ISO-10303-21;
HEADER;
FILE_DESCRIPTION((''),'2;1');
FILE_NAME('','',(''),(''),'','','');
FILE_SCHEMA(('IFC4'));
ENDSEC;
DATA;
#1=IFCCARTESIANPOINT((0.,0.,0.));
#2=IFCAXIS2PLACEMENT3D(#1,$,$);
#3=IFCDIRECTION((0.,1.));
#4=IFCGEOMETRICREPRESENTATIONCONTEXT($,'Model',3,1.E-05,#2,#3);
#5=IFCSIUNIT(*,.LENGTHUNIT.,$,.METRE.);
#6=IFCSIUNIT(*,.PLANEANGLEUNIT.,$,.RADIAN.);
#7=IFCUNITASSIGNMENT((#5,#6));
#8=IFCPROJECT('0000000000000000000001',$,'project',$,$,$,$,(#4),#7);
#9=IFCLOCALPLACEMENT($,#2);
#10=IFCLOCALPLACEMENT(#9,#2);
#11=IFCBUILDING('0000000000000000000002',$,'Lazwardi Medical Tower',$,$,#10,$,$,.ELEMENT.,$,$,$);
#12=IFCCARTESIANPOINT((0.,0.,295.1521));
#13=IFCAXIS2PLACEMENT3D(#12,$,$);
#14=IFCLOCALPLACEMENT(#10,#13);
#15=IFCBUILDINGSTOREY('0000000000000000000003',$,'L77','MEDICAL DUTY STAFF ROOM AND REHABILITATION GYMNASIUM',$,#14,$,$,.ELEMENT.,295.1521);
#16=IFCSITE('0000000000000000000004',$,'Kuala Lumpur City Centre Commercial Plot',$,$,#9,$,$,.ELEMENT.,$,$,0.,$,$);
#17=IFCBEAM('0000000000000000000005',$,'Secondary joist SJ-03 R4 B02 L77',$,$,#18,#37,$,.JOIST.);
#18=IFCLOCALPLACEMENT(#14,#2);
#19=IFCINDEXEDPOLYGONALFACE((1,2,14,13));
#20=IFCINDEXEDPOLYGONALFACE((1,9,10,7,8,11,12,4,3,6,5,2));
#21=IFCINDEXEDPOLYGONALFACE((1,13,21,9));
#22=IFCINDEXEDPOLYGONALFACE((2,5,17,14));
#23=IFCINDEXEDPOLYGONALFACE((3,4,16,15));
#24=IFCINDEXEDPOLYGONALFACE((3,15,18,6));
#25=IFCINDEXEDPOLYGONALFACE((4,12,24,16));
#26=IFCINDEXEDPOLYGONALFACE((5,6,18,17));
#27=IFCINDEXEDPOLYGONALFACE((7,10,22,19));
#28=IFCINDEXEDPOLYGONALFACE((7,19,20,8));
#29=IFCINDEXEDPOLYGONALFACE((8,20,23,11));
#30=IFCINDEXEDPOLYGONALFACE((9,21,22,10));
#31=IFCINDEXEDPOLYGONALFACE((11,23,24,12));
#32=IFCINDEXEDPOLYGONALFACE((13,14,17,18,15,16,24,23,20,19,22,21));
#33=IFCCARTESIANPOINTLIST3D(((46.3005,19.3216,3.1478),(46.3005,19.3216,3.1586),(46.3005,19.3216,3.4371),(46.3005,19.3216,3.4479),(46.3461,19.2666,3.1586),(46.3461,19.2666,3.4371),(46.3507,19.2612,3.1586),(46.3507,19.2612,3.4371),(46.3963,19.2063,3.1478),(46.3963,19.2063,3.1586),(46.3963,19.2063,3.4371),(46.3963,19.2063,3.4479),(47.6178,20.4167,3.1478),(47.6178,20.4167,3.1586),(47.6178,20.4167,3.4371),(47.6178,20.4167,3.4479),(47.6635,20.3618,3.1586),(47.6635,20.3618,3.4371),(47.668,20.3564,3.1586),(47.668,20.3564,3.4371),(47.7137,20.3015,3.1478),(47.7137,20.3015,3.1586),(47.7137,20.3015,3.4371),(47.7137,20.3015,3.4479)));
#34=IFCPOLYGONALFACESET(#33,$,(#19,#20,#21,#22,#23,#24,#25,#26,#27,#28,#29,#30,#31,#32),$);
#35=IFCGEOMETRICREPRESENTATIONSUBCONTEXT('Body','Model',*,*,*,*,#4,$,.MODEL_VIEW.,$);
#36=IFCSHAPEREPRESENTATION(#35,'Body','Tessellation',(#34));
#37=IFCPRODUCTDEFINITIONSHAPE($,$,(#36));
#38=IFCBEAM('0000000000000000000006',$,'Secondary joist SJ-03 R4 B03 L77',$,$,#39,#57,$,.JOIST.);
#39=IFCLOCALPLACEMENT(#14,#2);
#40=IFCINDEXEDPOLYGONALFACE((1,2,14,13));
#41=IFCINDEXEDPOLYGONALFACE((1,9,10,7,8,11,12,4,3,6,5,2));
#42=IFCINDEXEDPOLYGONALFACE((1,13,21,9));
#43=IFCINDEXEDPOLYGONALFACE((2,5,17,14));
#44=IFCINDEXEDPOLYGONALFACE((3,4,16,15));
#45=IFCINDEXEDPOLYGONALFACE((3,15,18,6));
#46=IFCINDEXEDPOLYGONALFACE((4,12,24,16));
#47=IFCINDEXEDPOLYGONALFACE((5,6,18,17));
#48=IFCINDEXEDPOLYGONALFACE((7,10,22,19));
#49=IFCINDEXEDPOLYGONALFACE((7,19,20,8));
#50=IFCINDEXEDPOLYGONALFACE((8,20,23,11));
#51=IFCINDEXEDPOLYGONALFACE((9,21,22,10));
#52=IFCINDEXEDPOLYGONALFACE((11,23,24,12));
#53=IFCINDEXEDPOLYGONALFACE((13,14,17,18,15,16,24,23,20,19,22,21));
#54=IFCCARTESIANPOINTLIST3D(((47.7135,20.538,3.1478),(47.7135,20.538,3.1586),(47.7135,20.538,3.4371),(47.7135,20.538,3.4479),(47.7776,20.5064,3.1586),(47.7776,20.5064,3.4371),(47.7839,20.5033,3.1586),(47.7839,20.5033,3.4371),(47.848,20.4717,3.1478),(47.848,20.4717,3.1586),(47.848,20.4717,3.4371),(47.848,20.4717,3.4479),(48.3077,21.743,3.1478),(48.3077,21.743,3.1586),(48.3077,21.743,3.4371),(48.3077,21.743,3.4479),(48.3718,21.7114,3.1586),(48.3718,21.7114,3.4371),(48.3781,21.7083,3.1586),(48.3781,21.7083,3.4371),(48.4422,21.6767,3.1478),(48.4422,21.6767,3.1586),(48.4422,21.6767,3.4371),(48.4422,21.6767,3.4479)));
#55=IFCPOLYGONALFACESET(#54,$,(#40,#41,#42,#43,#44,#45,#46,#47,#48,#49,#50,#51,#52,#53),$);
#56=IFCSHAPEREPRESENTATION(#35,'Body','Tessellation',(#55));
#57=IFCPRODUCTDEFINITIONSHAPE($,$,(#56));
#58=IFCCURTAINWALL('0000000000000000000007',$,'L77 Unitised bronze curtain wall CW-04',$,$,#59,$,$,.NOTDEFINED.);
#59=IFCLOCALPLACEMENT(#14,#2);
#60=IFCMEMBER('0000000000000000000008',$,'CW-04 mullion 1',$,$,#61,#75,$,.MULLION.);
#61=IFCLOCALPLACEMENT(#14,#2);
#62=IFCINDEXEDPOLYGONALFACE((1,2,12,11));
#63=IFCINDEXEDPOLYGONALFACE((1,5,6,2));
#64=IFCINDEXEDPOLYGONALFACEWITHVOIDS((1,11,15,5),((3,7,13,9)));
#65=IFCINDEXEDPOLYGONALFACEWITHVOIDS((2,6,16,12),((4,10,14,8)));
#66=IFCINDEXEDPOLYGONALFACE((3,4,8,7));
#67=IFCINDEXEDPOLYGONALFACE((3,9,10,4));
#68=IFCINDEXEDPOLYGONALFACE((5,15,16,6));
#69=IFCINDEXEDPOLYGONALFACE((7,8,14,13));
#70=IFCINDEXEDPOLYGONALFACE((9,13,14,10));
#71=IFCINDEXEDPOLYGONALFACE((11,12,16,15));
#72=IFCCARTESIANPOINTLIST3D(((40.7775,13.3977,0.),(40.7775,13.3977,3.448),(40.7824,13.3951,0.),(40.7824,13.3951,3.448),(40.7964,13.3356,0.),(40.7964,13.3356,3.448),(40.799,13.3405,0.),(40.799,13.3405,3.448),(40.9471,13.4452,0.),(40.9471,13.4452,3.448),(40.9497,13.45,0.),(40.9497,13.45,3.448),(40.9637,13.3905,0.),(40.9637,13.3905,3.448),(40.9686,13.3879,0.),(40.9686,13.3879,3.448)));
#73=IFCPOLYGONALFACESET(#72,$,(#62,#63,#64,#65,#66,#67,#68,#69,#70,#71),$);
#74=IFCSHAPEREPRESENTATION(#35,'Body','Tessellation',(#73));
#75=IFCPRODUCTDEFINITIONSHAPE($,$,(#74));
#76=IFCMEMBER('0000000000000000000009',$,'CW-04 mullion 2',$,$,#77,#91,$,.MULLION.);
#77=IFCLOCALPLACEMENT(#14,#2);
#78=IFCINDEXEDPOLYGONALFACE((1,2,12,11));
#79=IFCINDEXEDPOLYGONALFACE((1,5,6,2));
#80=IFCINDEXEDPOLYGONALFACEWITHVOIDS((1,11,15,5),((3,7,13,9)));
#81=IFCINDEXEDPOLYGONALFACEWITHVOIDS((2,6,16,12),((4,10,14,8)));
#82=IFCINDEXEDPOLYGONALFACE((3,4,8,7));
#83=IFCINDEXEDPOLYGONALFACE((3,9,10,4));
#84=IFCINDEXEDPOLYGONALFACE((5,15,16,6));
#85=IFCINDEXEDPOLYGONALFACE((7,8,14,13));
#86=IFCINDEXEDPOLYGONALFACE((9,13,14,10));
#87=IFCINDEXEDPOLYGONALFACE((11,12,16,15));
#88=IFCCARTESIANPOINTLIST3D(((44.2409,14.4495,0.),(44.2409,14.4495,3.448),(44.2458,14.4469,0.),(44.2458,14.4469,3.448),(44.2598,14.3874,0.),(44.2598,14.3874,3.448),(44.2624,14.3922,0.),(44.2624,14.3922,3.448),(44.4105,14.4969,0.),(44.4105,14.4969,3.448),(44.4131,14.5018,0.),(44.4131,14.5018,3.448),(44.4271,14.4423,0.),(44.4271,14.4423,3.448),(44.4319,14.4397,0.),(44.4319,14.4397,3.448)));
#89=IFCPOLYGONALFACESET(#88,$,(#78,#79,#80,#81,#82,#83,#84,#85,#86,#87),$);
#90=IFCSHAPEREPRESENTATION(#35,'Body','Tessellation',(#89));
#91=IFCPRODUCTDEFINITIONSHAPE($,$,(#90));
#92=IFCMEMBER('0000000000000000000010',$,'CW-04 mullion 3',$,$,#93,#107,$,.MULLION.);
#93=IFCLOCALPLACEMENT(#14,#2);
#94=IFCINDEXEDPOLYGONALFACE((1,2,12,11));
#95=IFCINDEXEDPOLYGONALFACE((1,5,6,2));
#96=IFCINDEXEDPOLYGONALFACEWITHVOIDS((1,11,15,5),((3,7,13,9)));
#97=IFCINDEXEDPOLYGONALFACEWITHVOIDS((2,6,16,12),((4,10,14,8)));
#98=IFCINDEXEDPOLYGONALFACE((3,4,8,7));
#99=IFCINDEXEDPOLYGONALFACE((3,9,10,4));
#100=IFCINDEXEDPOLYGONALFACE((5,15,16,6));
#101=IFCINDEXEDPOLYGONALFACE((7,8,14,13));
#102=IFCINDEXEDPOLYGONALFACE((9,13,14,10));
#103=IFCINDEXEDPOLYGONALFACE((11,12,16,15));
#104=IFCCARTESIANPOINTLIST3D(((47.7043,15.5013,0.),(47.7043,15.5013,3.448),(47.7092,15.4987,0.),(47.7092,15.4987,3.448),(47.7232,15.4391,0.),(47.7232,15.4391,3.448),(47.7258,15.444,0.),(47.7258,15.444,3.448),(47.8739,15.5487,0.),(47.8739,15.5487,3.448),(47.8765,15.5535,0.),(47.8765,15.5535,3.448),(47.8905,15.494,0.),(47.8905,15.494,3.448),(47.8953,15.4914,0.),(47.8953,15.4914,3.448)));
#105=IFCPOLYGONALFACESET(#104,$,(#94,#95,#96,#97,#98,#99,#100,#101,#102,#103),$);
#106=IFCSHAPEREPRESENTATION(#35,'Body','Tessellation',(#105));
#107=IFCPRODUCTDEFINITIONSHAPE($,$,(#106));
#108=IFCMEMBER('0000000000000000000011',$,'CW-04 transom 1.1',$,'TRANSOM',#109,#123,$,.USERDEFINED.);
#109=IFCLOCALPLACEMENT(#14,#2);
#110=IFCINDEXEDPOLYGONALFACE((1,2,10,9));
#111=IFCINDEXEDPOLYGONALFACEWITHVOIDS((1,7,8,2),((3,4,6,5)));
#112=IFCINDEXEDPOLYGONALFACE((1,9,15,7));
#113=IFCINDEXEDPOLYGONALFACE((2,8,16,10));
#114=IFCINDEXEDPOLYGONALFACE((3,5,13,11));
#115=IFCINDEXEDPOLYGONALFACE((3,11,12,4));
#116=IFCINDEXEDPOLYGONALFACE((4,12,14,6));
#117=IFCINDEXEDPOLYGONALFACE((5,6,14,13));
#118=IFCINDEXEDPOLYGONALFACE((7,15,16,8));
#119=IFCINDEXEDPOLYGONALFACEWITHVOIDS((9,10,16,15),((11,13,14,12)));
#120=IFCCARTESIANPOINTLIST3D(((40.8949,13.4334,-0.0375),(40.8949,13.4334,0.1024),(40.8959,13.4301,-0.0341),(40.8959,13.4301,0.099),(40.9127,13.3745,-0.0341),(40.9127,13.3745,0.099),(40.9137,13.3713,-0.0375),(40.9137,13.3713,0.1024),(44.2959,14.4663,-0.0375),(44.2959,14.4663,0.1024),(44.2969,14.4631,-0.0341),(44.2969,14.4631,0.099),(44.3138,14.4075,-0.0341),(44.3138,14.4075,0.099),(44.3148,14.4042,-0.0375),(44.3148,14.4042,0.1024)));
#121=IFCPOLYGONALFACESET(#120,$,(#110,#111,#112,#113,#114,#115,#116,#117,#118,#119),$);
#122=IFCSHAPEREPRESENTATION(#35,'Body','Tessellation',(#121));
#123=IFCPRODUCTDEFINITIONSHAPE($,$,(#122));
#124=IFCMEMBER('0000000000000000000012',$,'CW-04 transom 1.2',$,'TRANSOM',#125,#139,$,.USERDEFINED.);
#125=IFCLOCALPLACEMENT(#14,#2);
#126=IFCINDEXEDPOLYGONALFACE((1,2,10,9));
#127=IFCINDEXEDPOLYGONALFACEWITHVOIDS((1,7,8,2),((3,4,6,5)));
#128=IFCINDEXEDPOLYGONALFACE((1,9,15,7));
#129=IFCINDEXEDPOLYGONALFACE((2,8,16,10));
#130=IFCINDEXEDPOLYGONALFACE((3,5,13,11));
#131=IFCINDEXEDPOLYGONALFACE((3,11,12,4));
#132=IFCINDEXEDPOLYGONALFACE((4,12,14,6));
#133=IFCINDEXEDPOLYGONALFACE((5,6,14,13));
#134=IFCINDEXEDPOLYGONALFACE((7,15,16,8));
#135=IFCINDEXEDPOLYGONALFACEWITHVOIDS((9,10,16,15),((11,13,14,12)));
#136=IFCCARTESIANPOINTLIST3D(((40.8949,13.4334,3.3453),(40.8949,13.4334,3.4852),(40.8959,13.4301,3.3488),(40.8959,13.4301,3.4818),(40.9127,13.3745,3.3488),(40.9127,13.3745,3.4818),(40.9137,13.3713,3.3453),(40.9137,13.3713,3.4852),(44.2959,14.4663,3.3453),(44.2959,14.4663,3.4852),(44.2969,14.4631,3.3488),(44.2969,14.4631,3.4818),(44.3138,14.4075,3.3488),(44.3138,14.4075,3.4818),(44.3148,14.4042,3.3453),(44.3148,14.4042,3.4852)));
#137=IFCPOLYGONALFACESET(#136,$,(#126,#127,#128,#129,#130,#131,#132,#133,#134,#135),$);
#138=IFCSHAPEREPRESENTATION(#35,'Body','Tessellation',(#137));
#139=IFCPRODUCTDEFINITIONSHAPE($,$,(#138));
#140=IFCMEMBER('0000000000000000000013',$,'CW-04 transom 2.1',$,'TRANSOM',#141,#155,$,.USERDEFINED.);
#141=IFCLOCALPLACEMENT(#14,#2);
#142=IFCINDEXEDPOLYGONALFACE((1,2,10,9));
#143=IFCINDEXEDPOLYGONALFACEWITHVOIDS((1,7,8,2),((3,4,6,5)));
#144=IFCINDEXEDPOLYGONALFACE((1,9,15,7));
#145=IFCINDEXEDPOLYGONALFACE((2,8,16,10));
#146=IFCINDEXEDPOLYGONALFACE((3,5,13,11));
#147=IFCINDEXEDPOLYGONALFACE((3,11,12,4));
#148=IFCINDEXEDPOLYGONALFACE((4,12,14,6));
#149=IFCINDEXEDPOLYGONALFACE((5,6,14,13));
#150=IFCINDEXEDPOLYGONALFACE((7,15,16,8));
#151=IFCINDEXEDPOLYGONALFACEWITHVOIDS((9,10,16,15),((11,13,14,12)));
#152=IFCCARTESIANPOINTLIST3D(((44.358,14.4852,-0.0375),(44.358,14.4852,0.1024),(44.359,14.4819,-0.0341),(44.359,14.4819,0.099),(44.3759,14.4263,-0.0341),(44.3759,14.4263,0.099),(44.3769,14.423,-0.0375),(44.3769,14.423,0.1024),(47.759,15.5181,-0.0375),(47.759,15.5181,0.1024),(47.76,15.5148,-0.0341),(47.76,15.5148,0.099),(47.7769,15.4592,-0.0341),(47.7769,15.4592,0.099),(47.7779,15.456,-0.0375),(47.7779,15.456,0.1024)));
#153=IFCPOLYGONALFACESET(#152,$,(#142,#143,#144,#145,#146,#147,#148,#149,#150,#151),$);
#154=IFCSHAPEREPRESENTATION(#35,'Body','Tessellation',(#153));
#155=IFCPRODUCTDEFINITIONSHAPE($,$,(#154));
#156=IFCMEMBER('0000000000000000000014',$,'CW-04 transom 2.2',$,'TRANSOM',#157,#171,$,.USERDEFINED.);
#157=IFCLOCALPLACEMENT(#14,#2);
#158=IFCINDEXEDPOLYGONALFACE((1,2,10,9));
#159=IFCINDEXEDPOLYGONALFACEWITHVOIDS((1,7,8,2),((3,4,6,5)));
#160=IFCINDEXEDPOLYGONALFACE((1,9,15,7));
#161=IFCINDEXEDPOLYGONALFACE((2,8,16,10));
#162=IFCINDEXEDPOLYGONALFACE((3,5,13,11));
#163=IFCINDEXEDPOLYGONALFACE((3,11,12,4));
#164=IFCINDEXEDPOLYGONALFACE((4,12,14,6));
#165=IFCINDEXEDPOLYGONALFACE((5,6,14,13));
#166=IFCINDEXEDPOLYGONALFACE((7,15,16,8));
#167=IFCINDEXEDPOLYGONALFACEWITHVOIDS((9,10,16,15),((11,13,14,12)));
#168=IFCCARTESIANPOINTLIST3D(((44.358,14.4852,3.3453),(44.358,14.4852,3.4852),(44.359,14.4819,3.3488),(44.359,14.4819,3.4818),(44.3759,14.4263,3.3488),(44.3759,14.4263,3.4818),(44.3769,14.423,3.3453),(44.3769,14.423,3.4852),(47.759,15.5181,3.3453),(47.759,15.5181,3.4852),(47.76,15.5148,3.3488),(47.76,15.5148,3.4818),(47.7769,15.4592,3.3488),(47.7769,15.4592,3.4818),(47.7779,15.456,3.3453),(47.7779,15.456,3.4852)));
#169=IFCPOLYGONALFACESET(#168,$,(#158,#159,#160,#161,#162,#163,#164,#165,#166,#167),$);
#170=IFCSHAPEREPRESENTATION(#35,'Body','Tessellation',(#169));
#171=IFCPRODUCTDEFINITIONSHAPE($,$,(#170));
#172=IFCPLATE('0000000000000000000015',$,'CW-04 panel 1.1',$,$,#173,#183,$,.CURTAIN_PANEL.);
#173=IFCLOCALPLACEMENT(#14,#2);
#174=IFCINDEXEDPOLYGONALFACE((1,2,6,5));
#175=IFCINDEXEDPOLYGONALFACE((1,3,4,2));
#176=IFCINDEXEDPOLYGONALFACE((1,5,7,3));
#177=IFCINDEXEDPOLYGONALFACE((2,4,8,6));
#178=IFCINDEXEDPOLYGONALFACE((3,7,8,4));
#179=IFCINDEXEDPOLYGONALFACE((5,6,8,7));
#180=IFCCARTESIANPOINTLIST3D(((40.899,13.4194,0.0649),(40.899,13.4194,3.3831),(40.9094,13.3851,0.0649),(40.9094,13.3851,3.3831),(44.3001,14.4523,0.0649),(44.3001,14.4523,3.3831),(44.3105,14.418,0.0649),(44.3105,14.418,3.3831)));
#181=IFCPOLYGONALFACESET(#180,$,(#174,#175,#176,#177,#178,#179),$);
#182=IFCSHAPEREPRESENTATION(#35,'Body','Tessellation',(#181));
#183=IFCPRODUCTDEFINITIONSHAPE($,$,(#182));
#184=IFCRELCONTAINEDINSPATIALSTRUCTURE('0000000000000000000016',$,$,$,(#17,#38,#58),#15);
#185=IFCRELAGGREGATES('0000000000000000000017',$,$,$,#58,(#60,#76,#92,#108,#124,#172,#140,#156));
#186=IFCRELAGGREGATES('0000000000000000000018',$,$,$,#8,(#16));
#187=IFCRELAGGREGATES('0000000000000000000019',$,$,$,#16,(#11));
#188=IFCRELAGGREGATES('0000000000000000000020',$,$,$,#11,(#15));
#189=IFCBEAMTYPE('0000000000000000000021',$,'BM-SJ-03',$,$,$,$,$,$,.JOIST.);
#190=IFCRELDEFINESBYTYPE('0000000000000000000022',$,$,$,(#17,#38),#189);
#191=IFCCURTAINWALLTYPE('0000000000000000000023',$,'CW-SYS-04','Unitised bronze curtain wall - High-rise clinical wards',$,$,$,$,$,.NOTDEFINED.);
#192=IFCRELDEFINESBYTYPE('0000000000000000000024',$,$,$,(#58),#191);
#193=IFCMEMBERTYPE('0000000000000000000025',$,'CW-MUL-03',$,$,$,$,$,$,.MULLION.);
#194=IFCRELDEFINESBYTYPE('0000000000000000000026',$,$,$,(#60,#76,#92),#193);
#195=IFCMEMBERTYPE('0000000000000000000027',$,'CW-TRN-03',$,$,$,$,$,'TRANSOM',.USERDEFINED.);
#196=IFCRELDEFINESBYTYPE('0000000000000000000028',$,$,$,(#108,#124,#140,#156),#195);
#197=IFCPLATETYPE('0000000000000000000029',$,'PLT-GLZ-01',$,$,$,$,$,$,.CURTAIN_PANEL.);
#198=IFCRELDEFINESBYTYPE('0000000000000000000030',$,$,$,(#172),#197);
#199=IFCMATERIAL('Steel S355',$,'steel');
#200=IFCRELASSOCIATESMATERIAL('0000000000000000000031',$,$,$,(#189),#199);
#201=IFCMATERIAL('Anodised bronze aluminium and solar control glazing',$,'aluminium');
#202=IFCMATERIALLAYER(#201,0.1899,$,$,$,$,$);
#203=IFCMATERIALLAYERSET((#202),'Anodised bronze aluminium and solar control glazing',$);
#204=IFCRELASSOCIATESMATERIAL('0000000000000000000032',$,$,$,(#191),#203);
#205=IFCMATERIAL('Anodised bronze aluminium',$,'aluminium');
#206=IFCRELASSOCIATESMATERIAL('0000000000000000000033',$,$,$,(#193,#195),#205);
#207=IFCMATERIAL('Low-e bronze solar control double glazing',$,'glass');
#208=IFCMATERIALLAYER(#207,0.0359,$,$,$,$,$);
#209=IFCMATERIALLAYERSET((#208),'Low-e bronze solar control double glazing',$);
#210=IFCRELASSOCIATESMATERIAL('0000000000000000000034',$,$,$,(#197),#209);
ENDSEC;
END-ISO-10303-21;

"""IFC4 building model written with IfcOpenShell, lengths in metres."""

from ifc_helpers import new_model, si_unit, direction, frame, origin, origin_2d, place, context, subcontext, project, spatial, rectangle, hollow_rectangle, i_section, extrude, material, layer, layer_set, material_profile, profile_set, type_object, element, aggregate, save


model = new_model("IFC4")

# Units and contexts
model_context = context("Model", 3, precision=1e-05, world=origin(), true_north=direction((0.0, 1.0)))
body_context = subcontext(model_context, "Body", "Model", "MODEL_VIEW")
ifc_project = project(units=[si_unit("LENGTHUNIT", "METRE"), si_unit("PLANEANGLEUNIT", "RADIAN")], contexts=[model_context])

# Site, building, storey
site_placement = place(None, origin())
site = spatial("IfcSite", under=ifc_project, at=site_placement, Name="Kuala Lumpur City Centre Commercial Plot", CompositionType="ELEMENT", RefElevation=0.0)
building_placement = place(site_placement, origin())
building = spatial("IfcBuilding", under=site, at=building_placement, Name="Lazwardi Medical Tower", CompositionType="ELEMENT")
storey_placement = place(building_placement, frame((0.0, 0.0, 295.1521)))
storey = spatial("IfcBuildingStorey", under=building, at=storey_placement, Name="L77", Description="MEDICAL DUTY STAFF ROOM AND REHABILITATION GYMNASIUM", CompositionType="ELEMENT", Elevation=295.1521)

# Beams
ifc_material_1 = material(Name="Steel S355", Category="steel")
ifc_material_profile_1 = material_profile(ifc_material_1, i_section(OverallWidth=0.1499, OverallDepth=0.3, WebThickness=0.0071, FlangeThickness=0.0107, at=origin_2d()), Name="IPE 300")
ifc_profile_set_1 = profile_set([ifc_material_profile_1], Name="Steel S355")
beam_type_1 = type_object("IfcBeamType", Name="BM-SJ-03", PredefinedType="JOIST", material=ifc_profile_set_1)
beam_1_placement = place(storey_placement, frame((46.3484, 19.2639, 3.2979), z_axis=(0.768968, 0.639287, 0.0), x_axis=(-0.639287, 0.768968, 0.0)))
element("IfcBeam", 1, at=beam_1_placement, inside=storey, type_object=beam_type_1, Name="Secondary joist SJ-03 R4 B02 L77", PredefinedType="JOIST", context=body_context, shape_type="SweptSolid", body=[
    extrude(i_section(OverallWidth=0.1499, OverallDepth=0.3, WebThickness=0.0071, FlangeThickness=0.0107, at=origin_2d()), origin(), (0.0, 0.0, 1.0), 1.7131),
])
beam_2_placement = place(storey_placement, frame((47.7808, 20.5049, 3.2979), z_axis=(0.442264, 0.896885, 0.0), x_axis=(-0.896885, 0.442264, 0.0)))
element("IfcBeam", 2, at=beam_2_placement, inside=storey, type_object=beam_type_1, Name="Secondary joist SJ-03 R4 B03 L77", PredefinedType="JOIST", context=body_context, shape_type="SweptSolid", body=[
    extrude(i_section(OverallWidth=0.1499, OverallDepth=0.3, WebThickness=0.0071, FlangeThickness=0.0107, at=origin_2d()), origin(), (0.0, 0.0, 1.0), 1.3435),
])

# Curtain wall, members, plate
ifc_material_2 = material(Name="Anodised bronze aluminium and solar control glazing", Category="aluminium")
ifc_layer_1 = layer(ifc_material_2, 0.1899)
ifc_layer_set_1 = layer_set([ifc_layer_1], Name="Anodised bronze aluminium and solar control glazing")
curtain_wall_type = type_object("IfcCurtainWallType", Name="CW-SYS-04", Description="Unitised bronze curtain wall - High-rise clinical wards", PredefinedType="NOTDEFINED", material=ifc_layer_set_1)
curtain_wall_placement = place(storey_placement, origin())
curtain_wall = element("IfcCurtainWall", 3, at=curtain_wall_placement, inside=storey, type_object=curtain_wall_type, Name="L77 Unitised bronze curtain wall CW-04", PredefinedType="NOTDEFINED")
ifc_material_3 = material(Name="Anodised bronze aluminium", Category="aluminium")
ifc_material_profile_2 = material_profile(ifc_material_3, hollow_rectangle(XDim=0.0649, YDim=0.1799, WallThickness=0.0039, at=origin_2d()), Name="ALU-MULLION 180x65x4")
ifc_profile_set_2 = profile_set([ifc_material_profile_2], Name="Anodised bronze aluminium")
member_type_1 = type_object("IfcMemberType", Name="CW-MUL-03", PredefinedType="MULLION", material=ifc_profile_set_2)
member_1_placement = place(storey_placement, frame((40.873, 13.3928, 0.0), z_axis=(0.0, 0.0, 1.0), x_axis=(-0.290582, 0.95685, 0.0)))
member_1 = element("IfcMember", 4, at=member_1_placement, type_object=member_type_1, Name="CW-04 mullion 1", PredefinedType="MULLION", context=body_context, shape_type="SweptSolid", body=[
    extrude(hollow_rectangle(XDim=0.0649, YDim=0.1799, WallThickness=0.0039, at=origin_2d()), origin(), (0.0, 0.0, 1.0), 3.448),
])
member_2_placement = place(storey_placement, frame((44.3364, 14.4446, 0.0), z_axis=(0.0, 0.0, 1.0), x_axis=(-0.290582, 0.95685, 0.0)))
member_2 = element("IfcMember", 5, at=member_2_placement, type_object=member_type_1, Name="CW-04 mullion 2", PredefinedType="MULLION", context=body_context, shape_type="SweptSolid", body=[
    extrude(hollow_rectangle(XDim=0.0649, YDim=0.1799, WallThickness=0.0039, at=origin_2d()), origin(), (0.0, 0.0, 1.0), 3.448),
])
member_3_placement = place(storey_placement, frame((47.7998, 15.4963, 0.0), z_axis=(0.0, 0.0, 1.0), x_axis=(-0.290582, 0.95685, 0.0)))
member_3 = element("IfcMember", 6, at=member_3_placement, type_object=member_type_1, Name="CW-04 mullion 3", PredefinedType="MULLION", context=body_context, shape_type="SweptSolid", body=[
    extrude(hollow_rectangle(XDim=0.0649, YDim=0.1799, WallThickness=0.0039, at=origin_2d()), origin(), (0.0, 0.0, 1.0), 3.448),
])
ifc_material_profile_3 = material_profile(ifc_material_3, hollow_rectangle(XDim=0.0649, YDim=0.1399, WallThickness=0.0034, at=origin_2d()), Name="ALU-TRANSOM 140x65x3.5")
ifc_profile_set_3 = profile_set([ifc_material_profile_3], Name="Anodised bronze aluminium")
member_type_2 = type_object("IfcMemberType", Name="CW-TRN-03", ElementType="TRANSOM", PredefinedType="USERDEFINED", material=ifc_profile_set_3)
member_4_placement = place(storey_placement, frame((40.9043, 13.4023, 0.0325), z_axis=(0.956843, 0.290604, 0.0), x_axis=(-0.290604, 0.956843, 0.0)))
member_4 = element("IfcMember", 7, at=member_4_placement, type_object=member_type_2, Name="CW-04 transom 1.1", ObjectType="TRANSOM", PredefinedType="USERDEFINED", context=body_context, shape_type="SweptSolid", body=[
    extrude(hollow_rectangle(XDim=0.0649, YDim=0.1399, WallThickness=0.0034, at=origin_2d()), origin(), (0.0, 0.0, 1.0), 3.5544),
])
member_5_placement = place(storey_placement, frame((40.9043, 13.4023, 3.4153), z_axis=(0.956843, 0.290604, 0.0), x_axis=(-0.290604, 0.956843, 0.0)))
member_5 = element("IfcMember", 8, at=member_5_placement, type_object=member_type_2, Name="CW-04 transom 1.2", ObjectType="TRANSOM", PredefinedType="USERDEFINED", context=body_context, shape_type="SweptSolid", body=[
    extrude(hollow_rectangle(XDim=0.0649, YDim=0.1399, WallThickness=0.0034, at=origin_2d()), origin(), (0.0, 0.0, 1.0), 3.5544),
])
member_6_placement = place(storey_placement, frame((44.3674, 14.4541, 0.0325), z_axis=(0.956843, 0.290604, 0.0), x_axis=(-0.290604, 0.956843, 0.0)))
member_6 = element("IfcMember", 9, at=member_6_placement, type_object=member_type_2, Name="CW-04 transom 2.1", ObjectType="TRANSOM", PredefinedType="USERDEFINED", context=body_context, shape_type="SweptSolid", body=[
    extrude(hollow_rectangle(XDim=0.0649, YDim=0.1399, WallThickness=0.0034, at=origin_2d()), origin(), (0.0, 0.0, 1.0), 3.5544),
])
member_7_placement = place(storey_placement, frame((44.3674, 14.4541, 3.4153), z_axis=(0.956843, 0.290604, 0.0), x_axis=(-0.290604, 0.956843, 0.0)))
member_7 = element("IfcMember", 10, at=member_7_placement, type_object=member_type_2, Name="CW-04 transom 2.2", ObjectType="TRANSOM", PredefinedType="USERDEFINED", context=body_context, shape_type="SweptSolid", body=[
    extrude(hollow_rectangle(XDim=0.0649, YDim=0.1399, WallThickness=0.0034, at=origin_2d()), origin(), (0.0, 0.0, 1.0), 3.5544),
])
ifc_material_4 = material(Name="Low-e bronze solar control double glazing", Category="glass")
ifc_layer_2 = layer(ifc_material_4, 0.0359)
ifc_layer_set_2 = layer_set([ifc_layer_2], Name="Low-e bronze solar control double glazing")
plate_type = type_object("IfcPlateType", Name="PLT-GLZ-01", PredefinedType="CURTAIN_PANEL", material=ifc_layer_set_2)
plate_1_placement = place(storey_placement, frame((42.6047, 13.9187, 0.0649), z_axis=(0.0, 0.0, 1.0), x_axis=(0.95685, 0.290582, 0.0)))
plate_1 = element("IfcPlate", 11, at=plate_1_placement, type_object=plate_type, Name="CW-04 panel 1.1", PredefinedType="CURTAIN_PANEL", context=body_context, shape_type="SweptSolid", body=[
    extrude(rectangle(XDim=3.5544, YDim=0.0359, at=origin_2d()), origin(), (0.0, 0.0, 1.0), 3.3181),
])
aggregate(curtain_wall, [member_1, member_2, member_3, member_4, member_5, plate_1, member_6, member_7])

save(model, "model.ifc")
